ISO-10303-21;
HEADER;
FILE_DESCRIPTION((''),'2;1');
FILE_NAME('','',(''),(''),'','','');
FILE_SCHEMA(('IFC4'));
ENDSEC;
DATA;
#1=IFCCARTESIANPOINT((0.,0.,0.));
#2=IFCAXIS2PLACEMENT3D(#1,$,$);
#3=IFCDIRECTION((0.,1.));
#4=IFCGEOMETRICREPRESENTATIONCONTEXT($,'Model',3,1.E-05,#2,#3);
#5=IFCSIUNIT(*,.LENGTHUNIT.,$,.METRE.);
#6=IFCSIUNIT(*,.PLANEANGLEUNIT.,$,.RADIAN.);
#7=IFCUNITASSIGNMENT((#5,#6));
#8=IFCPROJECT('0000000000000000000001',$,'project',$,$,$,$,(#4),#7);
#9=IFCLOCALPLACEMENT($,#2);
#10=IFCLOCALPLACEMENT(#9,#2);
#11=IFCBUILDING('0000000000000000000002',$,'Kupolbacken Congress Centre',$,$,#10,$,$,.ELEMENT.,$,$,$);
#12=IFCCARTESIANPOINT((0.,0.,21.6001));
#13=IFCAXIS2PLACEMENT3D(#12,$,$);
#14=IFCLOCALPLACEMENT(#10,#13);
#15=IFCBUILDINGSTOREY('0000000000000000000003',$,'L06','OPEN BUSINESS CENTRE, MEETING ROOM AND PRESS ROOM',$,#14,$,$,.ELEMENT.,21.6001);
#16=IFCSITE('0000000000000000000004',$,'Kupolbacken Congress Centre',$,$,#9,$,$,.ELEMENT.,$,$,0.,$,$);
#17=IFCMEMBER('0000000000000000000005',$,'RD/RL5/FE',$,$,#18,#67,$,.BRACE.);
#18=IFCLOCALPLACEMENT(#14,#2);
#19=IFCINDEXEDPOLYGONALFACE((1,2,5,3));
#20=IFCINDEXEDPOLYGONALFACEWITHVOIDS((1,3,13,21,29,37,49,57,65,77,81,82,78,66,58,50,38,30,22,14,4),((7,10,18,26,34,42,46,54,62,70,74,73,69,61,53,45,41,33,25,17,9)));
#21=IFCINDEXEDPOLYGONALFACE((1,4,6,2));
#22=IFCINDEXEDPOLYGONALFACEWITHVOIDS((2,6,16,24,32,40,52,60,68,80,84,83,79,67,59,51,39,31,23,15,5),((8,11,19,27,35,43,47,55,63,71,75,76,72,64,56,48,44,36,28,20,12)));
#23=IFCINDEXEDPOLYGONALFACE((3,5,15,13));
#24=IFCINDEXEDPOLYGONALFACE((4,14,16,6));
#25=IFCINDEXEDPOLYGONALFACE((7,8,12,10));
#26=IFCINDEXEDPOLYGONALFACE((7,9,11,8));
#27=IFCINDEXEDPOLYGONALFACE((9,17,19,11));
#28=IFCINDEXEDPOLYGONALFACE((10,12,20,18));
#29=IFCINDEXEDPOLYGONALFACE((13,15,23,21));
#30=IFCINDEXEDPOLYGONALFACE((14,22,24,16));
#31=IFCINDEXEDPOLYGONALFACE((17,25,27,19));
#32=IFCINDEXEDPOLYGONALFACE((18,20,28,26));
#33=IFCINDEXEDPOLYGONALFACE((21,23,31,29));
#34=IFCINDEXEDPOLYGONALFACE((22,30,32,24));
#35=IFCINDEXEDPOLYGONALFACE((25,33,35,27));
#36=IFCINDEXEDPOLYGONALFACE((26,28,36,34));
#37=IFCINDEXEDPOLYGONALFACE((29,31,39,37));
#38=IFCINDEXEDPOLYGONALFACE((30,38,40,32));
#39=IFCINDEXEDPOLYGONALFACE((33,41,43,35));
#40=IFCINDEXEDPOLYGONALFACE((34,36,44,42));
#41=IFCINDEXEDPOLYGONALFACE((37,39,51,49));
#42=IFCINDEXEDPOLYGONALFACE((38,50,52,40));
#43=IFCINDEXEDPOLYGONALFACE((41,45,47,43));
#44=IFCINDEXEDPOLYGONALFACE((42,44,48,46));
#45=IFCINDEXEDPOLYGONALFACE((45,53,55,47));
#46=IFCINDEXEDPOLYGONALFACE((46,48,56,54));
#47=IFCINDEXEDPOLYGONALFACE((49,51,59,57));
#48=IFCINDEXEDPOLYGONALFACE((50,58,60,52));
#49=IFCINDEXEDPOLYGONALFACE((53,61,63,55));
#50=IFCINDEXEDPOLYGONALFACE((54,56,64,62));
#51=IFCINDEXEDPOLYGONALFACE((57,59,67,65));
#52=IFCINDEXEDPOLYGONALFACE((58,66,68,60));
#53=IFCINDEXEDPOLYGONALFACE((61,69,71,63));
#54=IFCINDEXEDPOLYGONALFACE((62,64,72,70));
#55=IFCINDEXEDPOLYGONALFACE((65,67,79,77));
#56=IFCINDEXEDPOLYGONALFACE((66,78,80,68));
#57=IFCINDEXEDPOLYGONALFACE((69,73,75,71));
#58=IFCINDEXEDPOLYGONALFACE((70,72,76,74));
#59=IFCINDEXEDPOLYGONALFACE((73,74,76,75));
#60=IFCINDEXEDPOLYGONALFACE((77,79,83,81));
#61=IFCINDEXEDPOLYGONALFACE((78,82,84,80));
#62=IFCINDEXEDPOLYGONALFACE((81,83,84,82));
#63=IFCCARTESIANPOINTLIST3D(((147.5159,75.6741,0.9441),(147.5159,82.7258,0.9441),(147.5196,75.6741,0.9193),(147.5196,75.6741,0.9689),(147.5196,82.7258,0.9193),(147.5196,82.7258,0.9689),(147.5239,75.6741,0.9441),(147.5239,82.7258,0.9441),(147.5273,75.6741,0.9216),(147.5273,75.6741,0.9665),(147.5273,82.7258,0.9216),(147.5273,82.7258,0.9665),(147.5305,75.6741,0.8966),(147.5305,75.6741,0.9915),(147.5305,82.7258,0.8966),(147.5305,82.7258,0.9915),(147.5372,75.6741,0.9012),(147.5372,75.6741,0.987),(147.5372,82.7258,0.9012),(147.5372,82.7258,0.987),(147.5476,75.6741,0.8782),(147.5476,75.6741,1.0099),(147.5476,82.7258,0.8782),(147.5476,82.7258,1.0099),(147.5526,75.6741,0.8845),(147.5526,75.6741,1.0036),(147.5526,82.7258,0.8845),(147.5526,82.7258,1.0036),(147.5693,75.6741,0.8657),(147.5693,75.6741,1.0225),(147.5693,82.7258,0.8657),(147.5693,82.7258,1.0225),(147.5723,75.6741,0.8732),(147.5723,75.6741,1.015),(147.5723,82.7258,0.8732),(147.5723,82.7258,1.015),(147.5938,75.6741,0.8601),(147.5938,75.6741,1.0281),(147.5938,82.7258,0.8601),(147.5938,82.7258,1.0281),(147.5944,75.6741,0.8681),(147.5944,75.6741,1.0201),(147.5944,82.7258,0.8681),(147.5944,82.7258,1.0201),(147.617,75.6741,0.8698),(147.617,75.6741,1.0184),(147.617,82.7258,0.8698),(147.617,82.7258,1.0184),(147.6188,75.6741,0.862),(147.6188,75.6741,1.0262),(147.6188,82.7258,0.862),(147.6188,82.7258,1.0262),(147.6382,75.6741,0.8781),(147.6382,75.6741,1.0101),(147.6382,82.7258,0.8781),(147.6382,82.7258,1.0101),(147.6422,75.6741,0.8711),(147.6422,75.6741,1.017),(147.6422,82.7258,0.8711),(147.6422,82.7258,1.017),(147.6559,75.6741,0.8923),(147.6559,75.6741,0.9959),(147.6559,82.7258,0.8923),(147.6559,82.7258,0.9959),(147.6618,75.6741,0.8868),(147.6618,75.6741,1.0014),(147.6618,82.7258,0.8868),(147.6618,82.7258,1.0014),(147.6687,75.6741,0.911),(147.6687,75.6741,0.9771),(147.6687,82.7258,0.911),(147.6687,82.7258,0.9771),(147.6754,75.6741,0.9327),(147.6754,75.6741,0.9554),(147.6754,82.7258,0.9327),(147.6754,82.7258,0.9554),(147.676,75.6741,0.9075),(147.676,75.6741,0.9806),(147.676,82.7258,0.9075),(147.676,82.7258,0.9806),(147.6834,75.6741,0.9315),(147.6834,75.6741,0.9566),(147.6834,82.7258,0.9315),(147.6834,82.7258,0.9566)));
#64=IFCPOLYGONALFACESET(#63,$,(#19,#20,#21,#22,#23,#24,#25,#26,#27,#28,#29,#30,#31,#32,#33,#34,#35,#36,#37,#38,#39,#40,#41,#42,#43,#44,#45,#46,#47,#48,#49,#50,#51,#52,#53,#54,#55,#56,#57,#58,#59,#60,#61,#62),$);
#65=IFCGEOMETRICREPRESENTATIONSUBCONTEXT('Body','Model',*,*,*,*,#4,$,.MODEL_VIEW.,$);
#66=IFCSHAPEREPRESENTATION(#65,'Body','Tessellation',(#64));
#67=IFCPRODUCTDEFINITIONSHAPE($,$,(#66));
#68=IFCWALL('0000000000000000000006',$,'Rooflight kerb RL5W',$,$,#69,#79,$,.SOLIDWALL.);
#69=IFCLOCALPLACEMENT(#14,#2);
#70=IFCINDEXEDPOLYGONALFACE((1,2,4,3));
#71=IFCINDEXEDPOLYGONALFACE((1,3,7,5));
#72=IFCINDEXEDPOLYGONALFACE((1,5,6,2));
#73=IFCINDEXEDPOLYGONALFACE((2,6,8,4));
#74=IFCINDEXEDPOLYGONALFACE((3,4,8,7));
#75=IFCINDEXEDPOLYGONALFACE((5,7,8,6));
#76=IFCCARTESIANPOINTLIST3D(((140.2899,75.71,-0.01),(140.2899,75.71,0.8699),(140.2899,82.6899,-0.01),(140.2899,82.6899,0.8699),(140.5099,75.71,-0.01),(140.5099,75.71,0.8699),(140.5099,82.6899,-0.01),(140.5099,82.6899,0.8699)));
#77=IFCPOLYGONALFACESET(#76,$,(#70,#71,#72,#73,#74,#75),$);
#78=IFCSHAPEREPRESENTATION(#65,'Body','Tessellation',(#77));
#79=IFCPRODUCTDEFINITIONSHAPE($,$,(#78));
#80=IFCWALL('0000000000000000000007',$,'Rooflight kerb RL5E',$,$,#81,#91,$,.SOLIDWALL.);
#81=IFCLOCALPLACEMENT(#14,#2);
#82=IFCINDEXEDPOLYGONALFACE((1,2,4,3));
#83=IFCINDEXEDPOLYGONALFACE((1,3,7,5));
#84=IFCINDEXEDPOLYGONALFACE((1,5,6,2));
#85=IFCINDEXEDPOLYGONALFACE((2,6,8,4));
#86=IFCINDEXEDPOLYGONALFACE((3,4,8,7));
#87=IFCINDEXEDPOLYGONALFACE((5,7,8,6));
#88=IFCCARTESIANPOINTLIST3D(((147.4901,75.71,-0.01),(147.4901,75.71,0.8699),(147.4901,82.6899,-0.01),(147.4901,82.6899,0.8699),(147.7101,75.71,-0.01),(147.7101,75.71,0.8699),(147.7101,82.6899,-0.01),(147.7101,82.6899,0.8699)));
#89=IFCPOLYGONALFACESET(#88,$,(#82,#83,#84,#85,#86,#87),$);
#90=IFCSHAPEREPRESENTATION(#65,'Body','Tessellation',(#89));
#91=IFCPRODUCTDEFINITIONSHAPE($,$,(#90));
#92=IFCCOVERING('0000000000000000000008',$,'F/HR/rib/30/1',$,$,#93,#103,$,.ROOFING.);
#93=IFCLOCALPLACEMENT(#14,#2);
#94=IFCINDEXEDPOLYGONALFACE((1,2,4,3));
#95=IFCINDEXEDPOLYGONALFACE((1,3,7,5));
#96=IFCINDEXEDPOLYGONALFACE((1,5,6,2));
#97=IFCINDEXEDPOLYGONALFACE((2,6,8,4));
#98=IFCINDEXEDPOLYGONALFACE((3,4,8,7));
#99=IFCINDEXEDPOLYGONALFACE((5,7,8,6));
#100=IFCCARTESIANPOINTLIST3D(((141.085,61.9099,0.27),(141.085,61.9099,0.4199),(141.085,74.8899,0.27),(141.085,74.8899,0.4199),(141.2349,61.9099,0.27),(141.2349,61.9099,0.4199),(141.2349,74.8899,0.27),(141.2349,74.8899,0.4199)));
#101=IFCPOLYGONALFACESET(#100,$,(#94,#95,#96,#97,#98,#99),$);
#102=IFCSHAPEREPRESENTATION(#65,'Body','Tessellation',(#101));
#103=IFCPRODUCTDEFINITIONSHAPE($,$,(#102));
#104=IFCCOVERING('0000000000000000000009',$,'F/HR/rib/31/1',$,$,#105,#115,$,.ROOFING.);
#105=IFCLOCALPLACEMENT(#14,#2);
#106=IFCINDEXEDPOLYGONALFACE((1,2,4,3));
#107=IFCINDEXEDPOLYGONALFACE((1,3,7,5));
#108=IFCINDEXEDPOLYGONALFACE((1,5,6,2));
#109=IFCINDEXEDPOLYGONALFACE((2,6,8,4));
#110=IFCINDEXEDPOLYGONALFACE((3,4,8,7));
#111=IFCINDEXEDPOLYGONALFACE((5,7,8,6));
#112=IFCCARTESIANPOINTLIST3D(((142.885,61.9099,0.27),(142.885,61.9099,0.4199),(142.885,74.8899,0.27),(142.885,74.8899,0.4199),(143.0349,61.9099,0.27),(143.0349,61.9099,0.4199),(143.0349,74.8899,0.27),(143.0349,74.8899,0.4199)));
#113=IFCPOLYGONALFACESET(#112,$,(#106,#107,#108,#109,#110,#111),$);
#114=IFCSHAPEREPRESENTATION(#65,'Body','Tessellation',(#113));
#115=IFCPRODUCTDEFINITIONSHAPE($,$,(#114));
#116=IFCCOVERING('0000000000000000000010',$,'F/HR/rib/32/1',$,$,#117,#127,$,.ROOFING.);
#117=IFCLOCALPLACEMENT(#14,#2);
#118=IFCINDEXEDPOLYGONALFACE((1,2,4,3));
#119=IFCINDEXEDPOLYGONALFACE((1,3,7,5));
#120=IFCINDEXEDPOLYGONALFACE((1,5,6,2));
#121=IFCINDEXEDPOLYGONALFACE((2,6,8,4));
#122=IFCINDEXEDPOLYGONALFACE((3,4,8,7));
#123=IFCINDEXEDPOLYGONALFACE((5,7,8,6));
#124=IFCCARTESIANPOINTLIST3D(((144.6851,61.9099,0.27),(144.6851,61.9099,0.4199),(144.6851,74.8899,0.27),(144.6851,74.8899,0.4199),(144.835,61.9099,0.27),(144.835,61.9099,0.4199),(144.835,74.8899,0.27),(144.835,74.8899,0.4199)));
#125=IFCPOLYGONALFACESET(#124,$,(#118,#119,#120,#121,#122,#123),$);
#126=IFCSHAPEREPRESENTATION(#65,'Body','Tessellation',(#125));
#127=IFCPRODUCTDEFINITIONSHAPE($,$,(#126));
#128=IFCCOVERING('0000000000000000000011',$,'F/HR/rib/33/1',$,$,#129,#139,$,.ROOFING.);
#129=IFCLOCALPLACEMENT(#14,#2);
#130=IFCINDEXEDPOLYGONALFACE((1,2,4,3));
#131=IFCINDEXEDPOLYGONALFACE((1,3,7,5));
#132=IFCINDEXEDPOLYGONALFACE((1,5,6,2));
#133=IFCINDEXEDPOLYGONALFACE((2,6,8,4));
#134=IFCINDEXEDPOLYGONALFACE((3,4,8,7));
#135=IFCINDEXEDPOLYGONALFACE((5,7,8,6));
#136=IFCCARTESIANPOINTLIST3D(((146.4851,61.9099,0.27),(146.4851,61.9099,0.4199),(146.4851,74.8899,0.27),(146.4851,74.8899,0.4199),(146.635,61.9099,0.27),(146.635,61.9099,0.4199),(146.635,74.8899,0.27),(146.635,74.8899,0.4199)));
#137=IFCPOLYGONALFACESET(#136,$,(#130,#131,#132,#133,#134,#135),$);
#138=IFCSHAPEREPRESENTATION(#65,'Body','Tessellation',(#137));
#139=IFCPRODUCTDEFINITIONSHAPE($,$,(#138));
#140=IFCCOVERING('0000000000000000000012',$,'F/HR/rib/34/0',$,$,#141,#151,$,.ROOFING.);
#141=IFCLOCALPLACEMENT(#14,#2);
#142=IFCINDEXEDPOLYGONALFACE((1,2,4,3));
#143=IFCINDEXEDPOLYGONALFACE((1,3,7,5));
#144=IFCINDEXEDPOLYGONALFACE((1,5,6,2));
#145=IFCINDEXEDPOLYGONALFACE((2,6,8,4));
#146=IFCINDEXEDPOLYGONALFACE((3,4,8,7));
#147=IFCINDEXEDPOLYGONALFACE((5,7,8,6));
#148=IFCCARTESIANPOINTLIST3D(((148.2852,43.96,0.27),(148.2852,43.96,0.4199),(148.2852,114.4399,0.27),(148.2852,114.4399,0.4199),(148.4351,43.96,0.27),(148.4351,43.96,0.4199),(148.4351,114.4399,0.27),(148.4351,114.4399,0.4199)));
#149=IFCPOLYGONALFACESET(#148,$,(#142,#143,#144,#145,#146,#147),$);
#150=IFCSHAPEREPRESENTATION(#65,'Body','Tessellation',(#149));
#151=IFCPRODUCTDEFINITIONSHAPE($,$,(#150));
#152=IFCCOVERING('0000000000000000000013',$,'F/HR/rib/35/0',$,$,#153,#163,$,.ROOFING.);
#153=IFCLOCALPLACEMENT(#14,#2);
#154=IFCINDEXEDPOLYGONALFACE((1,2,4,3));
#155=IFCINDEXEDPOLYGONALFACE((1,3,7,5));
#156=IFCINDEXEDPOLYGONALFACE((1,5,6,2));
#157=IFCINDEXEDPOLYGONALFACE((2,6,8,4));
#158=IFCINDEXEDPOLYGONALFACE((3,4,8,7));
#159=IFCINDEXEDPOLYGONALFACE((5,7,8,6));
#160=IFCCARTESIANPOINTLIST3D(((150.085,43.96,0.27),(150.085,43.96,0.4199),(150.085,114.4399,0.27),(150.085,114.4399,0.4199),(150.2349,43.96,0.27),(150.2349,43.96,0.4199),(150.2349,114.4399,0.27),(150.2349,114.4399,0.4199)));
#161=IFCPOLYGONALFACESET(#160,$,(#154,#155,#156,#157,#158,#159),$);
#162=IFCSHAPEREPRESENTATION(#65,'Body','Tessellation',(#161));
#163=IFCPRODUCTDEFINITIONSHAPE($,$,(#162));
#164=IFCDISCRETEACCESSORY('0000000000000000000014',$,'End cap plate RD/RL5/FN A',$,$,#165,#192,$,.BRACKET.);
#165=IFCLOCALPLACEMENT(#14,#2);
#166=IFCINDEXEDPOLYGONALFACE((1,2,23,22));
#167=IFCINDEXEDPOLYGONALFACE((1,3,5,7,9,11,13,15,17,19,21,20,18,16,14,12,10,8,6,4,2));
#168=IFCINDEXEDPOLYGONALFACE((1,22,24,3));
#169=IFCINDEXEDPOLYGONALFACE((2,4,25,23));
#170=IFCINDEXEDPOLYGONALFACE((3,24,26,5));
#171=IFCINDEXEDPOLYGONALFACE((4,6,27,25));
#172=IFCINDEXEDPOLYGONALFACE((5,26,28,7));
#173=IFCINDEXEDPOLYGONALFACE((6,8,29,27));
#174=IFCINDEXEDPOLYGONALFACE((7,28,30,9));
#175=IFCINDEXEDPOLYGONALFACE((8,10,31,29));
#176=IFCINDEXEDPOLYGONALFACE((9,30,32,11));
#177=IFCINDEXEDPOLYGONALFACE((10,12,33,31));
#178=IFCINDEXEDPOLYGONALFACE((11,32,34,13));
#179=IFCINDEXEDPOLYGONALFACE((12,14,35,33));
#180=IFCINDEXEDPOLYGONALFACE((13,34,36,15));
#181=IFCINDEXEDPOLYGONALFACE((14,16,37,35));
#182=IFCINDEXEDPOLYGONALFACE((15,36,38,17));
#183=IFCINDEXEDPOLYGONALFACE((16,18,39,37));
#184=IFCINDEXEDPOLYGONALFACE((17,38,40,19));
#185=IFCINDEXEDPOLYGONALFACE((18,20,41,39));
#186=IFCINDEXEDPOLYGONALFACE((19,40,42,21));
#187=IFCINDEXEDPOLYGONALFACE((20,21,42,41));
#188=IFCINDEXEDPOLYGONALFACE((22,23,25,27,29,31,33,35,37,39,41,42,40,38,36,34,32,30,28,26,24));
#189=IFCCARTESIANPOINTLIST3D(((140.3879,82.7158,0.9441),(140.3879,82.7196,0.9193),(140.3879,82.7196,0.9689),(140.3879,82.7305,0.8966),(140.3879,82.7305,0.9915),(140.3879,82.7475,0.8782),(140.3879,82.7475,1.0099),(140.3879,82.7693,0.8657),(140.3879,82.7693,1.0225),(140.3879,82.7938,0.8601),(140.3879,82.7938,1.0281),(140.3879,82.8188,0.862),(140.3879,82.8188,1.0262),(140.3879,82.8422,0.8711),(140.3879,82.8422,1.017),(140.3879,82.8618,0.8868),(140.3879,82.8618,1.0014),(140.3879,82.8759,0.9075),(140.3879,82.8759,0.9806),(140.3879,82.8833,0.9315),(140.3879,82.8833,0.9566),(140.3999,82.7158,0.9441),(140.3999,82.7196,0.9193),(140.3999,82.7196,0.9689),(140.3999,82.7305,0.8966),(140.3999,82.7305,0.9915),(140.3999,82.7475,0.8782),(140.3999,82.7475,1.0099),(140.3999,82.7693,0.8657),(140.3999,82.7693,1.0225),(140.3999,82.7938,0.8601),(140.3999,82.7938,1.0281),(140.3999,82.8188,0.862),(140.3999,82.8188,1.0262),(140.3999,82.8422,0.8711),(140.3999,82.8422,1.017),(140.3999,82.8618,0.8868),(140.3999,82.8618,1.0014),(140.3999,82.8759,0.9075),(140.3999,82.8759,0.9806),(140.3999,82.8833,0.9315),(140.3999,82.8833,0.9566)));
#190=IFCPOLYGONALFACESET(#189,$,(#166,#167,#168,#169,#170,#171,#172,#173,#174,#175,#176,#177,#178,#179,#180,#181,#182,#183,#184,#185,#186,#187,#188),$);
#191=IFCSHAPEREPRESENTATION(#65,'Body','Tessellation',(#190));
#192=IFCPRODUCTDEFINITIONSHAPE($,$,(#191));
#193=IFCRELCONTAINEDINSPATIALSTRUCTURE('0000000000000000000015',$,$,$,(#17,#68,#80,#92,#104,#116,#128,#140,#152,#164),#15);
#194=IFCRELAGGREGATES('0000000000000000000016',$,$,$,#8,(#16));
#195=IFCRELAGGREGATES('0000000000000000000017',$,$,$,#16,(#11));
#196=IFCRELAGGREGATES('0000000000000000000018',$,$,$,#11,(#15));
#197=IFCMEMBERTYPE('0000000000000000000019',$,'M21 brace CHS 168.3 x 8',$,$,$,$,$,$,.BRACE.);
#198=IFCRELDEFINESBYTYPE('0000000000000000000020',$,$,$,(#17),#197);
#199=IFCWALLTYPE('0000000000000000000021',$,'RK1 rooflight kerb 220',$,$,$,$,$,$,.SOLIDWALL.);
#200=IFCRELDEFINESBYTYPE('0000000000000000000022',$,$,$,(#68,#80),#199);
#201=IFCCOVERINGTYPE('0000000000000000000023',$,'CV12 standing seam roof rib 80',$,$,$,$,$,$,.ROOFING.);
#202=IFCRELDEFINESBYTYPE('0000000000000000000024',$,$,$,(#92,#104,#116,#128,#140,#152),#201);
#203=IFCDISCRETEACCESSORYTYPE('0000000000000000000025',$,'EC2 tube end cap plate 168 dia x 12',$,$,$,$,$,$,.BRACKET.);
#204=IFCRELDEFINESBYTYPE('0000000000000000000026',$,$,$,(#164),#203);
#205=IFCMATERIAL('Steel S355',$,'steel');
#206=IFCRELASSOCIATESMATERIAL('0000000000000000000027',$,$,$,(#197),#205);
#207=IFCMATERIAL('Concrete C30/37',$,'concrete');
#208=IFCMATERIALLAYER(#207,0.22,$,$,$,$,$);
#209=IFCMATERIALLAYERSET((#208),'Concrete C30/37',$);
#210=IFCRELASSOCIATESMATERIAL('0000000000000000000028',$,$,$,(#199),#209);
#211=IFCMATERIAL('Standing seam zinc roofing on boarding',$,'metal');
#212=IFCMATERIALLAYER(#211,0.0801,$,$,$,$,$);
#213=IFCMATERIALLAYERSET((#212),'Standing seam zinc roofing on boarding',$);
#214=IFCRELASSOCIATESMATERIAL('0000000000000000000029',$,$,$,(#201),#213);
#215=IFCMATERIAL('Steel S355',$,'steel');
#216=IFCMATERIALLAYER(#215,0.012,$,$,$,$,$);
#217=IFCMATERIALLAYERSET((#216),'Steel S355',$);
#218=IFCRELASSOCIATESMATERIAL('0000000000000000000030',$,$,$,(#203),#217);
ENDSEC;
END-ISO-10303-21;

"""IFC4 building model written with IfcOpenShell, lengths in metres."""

from ifc_helpers import new_model, si_unit, direction, frame, frame_2d, origin, origin_2d, place, context, subcontext, project, spatial, rectangle, circle, hollow_circle, extrude, material, layer, layer_set, material_profile, profile_set, type_object, element, save


model = new_model("IFC4")

# Units and contexts
model_context = context("Model", 3, precision=1e-05, world=origin(), true_north=direction((0.0, 1.0)))
body_context = subcontext(model_context, "Body", "Model", "MODEL_VIEW")
ifc_project = project(units=[si_unit("LENGTHUNIT", "METRE"), si_unit("PLANEANGLEUNIT", "RADIAN")], contexts=[model_context])

# Site, building, storey
site_placement = place(None, origin())
site = spatial("IfcSite", under=ifc_project, at=site_placement, Name="Kupolbacken Congress Centre", CompositionType="ELEMENT", RefElevation=0.0)
building_placement = place(site_placement, origin())
building = spatial("IfcBuilding", under=site, at=building_placement, Name="Kupolbacken Congress Centre", CompositionType="ELEMENT")
storey_placement = place(building_placement, frame((0.0, 0.0, 21.6001)))
storey = spatial("IfcBuildingStorey", under=building, at=storey_placement, Name="L06", Description="OPEN BUSINESS CENTRE, MEETING ROOM AND PRESS ROOM", CompositionType="ELEMENT", Elevation=21.6001)

# Member
ifc_material_1 = material(Name="Steel S355", Category="steel")
ifc_material_profile_1 = material_profile(ifc_material_1, hollow_circle(Radius=0.0842, WallThickness=0.0081, at=origin_2d()), Name="CHS 168.3 x 8")
ifc_profile_set_1 = profile_set([ifc_material_profile_1], Name="Steel S355")
member_type_1 = type_object("IfcMemberType", Name="M21 brace CHS 168.3 x 8", PredefinedType="BRACE", material=ifc_profile_set_1)
for number, where, z_axis, x_axis, name in (
    (1, (147.6001, 75.6741, 0.9441), (0.0, 1.0, 0.0), (-1.0, 0.0, 0.0), "RD/RL5/FE"),
):
    element("IfcMember", number, at=place(storey_placement, frame(where, z_axis=z_axis, x_axis=x_axis)), inside=storey, type_object=member_type_1, Name=name, PredefinedType="BRACE", context=body_context, shape_type="SweptSolid", body=[
        extrude(hollow_circle(Radius=0.0842, WallThickness=0.0081, at=origin_2d()), origin(), (0.0, 0.0, 1.0), 7.0518),
    ])

# Walls
ifc_material_2 = material(Name="Concrete C30/37", Category="concrete")
ifc_layer_1 = layer(ifc_material_2, 0.22)
ifc_layer_set_1 = layer_set([ifc_layer_1], Name="Concrete C30/37")
wall_type = type_object("IfcWallType", Name="RK1 rooflight kerb 220", PredefinedType="SOLIDWALL", material=ifc_layer_set_1)
for number, where, z_axis, x_axis, name in (
    (2, (140.3999, 75.71, -0.01), (0.0, 0.0, 1.0), (0.0, 1.0, 0.0), "Rooflight kerb RL5W"),
    (3, (147.6001, 75.71, -0.01), (0.0, 0.0, 1.0), (0.0, 1.0, 0.0), "Rooflight kerb RL5E"),
):
    element("IfcWall", number, at=place(storey_placement, frame(where, z_axis=z_axis, x_axis=x_axis)), inside=storey, type_object=wall_type, Name=name, PredefinedType="SOLIDWALL", context=body_context, shape_type="SweptSolid", body=[
        extrude(rectangle(XDim=6.98, YDim=0.22, at=frame_2d((3.49, 0.0))), origin(), (0.0, 0.0, 1.0), 0.8799),
    ])

# Coverings
ifc_material_3 = material(Name="Standing seam zinc roofing on boarding", Category="metal")
ifc_layer_2 = layer(ifc_material_3, 0.0801)
ifc_layer_set_2 = layer_set([ifc_layer_2], Name="Standing seam zinc roofing on boarding")
covering_type = type_object("IfcCoveringType", Name="CV12 standing seam roof rib 80", PredefinedType="ROOFING", material=ifc_layer_set_2)
for number, where, z_axis, x_axis, name in (
    (4, (141.1599, 68.3999, 0.27), (0.0, 0.0, 1.0), (0.0, 1.0, 0.0), "F/HR/rib/30/1"),
    (5, (142.96, 68.3999, 0.27), (0.0, 0.0, 1.0), (0.0, 1.0, 0.0), "F/HR/rib/31/1"),
    (6, (144.76, 68.3999, 0.27), (0.0, 0.0, 1.0), (0.0, 1.0, 0.0), "F/HR/rib/32/1"),
    (7, (146.5601, 68.3999, 0.27), (0.0, 0.0, 1.0), (0.0, 1.0, 0.0), "F/HR/rib/33/1"),
):
    element("IfcCovering", number, at=place(storey_placement, frame(where, z_axis=z_axis, x_axis=x_axis)), inside=storey, type_object=covering_type, Name=name, PredefinedType="ROOFING", context=body_context, shape_type="SweptSolid", body=[
        extrude(rectangle(XDim=12.98, YDim=0.1499, at=origin_2d()), origin(), (0.0, 0.0, 1.0), 0.1499),
    ])
for number, where, z_axis, x_axis, name in (
    (8, (148.3601, 79.2, 0.27), (0.0, 0.0, 1.0), (0.0, 1.0, 0.0), "F/HR/rib/34/0"),
    (9, (150.1599, 79.2, 0.27), (0.0, 0.0, 1.0), (0.0, 1.0, 0.0), "F/HR/rib/35/0"),
):
    element("IfcCovering", number, at=place(storey_placement, frame(where, z_axis=z_axis, x_axis=x_axis)), inside=storey, type_object=covering_type, Name=name, PredefinedType="ROOFING", context=body_context, shape_type="SweptSolid", body=[
        extrude(rectangle(XDim=70.48, YDim=0.1499, at=origin_2d()), origin(), (0.0, 0.0, 1.0), 0.1499),
    ])

# Discrete accessory
ifc_material_4 = material(Name="Steel S355", Category="steel")
ifc_layer_3 = layer(ifc_material_4, 0.012)
ifc_layer_set_3 = layer_set([ifc_layer_3], Name="Steel S355")
discrete_accessory_type = type_object("IfcDiscreteAccessoryType", Name="EC2 tube end cap plate 168 dia x 12", PredefinedType="BRACKET", material=ifc_layer_set_3)
for number, where, z_axis, x_axis, name in (
    (10, (140.3999, 82.8, 0.9441), (-1.0, 0.0, 0.0), (0.0, -1.0, 0.0), "End cap plate RD/RL5/FN A"),
):
    element("IfcDiscreteAccessory", number, at=place(storey_placement, frame(where, z_axis=z_axis, x_axis=x_axis)), inside=storey, type_object=discrete_accessory_type, Name=name, PredefinedType="BRACKET", context=body_context, shape_type="SweptSolid", body=[
        extrude(circle(Radius=0.0842, at=origin_2d()), origin(), (0.0, 0.0, 1.0), 0.012),
    ])

save(model, "model.ifc")
